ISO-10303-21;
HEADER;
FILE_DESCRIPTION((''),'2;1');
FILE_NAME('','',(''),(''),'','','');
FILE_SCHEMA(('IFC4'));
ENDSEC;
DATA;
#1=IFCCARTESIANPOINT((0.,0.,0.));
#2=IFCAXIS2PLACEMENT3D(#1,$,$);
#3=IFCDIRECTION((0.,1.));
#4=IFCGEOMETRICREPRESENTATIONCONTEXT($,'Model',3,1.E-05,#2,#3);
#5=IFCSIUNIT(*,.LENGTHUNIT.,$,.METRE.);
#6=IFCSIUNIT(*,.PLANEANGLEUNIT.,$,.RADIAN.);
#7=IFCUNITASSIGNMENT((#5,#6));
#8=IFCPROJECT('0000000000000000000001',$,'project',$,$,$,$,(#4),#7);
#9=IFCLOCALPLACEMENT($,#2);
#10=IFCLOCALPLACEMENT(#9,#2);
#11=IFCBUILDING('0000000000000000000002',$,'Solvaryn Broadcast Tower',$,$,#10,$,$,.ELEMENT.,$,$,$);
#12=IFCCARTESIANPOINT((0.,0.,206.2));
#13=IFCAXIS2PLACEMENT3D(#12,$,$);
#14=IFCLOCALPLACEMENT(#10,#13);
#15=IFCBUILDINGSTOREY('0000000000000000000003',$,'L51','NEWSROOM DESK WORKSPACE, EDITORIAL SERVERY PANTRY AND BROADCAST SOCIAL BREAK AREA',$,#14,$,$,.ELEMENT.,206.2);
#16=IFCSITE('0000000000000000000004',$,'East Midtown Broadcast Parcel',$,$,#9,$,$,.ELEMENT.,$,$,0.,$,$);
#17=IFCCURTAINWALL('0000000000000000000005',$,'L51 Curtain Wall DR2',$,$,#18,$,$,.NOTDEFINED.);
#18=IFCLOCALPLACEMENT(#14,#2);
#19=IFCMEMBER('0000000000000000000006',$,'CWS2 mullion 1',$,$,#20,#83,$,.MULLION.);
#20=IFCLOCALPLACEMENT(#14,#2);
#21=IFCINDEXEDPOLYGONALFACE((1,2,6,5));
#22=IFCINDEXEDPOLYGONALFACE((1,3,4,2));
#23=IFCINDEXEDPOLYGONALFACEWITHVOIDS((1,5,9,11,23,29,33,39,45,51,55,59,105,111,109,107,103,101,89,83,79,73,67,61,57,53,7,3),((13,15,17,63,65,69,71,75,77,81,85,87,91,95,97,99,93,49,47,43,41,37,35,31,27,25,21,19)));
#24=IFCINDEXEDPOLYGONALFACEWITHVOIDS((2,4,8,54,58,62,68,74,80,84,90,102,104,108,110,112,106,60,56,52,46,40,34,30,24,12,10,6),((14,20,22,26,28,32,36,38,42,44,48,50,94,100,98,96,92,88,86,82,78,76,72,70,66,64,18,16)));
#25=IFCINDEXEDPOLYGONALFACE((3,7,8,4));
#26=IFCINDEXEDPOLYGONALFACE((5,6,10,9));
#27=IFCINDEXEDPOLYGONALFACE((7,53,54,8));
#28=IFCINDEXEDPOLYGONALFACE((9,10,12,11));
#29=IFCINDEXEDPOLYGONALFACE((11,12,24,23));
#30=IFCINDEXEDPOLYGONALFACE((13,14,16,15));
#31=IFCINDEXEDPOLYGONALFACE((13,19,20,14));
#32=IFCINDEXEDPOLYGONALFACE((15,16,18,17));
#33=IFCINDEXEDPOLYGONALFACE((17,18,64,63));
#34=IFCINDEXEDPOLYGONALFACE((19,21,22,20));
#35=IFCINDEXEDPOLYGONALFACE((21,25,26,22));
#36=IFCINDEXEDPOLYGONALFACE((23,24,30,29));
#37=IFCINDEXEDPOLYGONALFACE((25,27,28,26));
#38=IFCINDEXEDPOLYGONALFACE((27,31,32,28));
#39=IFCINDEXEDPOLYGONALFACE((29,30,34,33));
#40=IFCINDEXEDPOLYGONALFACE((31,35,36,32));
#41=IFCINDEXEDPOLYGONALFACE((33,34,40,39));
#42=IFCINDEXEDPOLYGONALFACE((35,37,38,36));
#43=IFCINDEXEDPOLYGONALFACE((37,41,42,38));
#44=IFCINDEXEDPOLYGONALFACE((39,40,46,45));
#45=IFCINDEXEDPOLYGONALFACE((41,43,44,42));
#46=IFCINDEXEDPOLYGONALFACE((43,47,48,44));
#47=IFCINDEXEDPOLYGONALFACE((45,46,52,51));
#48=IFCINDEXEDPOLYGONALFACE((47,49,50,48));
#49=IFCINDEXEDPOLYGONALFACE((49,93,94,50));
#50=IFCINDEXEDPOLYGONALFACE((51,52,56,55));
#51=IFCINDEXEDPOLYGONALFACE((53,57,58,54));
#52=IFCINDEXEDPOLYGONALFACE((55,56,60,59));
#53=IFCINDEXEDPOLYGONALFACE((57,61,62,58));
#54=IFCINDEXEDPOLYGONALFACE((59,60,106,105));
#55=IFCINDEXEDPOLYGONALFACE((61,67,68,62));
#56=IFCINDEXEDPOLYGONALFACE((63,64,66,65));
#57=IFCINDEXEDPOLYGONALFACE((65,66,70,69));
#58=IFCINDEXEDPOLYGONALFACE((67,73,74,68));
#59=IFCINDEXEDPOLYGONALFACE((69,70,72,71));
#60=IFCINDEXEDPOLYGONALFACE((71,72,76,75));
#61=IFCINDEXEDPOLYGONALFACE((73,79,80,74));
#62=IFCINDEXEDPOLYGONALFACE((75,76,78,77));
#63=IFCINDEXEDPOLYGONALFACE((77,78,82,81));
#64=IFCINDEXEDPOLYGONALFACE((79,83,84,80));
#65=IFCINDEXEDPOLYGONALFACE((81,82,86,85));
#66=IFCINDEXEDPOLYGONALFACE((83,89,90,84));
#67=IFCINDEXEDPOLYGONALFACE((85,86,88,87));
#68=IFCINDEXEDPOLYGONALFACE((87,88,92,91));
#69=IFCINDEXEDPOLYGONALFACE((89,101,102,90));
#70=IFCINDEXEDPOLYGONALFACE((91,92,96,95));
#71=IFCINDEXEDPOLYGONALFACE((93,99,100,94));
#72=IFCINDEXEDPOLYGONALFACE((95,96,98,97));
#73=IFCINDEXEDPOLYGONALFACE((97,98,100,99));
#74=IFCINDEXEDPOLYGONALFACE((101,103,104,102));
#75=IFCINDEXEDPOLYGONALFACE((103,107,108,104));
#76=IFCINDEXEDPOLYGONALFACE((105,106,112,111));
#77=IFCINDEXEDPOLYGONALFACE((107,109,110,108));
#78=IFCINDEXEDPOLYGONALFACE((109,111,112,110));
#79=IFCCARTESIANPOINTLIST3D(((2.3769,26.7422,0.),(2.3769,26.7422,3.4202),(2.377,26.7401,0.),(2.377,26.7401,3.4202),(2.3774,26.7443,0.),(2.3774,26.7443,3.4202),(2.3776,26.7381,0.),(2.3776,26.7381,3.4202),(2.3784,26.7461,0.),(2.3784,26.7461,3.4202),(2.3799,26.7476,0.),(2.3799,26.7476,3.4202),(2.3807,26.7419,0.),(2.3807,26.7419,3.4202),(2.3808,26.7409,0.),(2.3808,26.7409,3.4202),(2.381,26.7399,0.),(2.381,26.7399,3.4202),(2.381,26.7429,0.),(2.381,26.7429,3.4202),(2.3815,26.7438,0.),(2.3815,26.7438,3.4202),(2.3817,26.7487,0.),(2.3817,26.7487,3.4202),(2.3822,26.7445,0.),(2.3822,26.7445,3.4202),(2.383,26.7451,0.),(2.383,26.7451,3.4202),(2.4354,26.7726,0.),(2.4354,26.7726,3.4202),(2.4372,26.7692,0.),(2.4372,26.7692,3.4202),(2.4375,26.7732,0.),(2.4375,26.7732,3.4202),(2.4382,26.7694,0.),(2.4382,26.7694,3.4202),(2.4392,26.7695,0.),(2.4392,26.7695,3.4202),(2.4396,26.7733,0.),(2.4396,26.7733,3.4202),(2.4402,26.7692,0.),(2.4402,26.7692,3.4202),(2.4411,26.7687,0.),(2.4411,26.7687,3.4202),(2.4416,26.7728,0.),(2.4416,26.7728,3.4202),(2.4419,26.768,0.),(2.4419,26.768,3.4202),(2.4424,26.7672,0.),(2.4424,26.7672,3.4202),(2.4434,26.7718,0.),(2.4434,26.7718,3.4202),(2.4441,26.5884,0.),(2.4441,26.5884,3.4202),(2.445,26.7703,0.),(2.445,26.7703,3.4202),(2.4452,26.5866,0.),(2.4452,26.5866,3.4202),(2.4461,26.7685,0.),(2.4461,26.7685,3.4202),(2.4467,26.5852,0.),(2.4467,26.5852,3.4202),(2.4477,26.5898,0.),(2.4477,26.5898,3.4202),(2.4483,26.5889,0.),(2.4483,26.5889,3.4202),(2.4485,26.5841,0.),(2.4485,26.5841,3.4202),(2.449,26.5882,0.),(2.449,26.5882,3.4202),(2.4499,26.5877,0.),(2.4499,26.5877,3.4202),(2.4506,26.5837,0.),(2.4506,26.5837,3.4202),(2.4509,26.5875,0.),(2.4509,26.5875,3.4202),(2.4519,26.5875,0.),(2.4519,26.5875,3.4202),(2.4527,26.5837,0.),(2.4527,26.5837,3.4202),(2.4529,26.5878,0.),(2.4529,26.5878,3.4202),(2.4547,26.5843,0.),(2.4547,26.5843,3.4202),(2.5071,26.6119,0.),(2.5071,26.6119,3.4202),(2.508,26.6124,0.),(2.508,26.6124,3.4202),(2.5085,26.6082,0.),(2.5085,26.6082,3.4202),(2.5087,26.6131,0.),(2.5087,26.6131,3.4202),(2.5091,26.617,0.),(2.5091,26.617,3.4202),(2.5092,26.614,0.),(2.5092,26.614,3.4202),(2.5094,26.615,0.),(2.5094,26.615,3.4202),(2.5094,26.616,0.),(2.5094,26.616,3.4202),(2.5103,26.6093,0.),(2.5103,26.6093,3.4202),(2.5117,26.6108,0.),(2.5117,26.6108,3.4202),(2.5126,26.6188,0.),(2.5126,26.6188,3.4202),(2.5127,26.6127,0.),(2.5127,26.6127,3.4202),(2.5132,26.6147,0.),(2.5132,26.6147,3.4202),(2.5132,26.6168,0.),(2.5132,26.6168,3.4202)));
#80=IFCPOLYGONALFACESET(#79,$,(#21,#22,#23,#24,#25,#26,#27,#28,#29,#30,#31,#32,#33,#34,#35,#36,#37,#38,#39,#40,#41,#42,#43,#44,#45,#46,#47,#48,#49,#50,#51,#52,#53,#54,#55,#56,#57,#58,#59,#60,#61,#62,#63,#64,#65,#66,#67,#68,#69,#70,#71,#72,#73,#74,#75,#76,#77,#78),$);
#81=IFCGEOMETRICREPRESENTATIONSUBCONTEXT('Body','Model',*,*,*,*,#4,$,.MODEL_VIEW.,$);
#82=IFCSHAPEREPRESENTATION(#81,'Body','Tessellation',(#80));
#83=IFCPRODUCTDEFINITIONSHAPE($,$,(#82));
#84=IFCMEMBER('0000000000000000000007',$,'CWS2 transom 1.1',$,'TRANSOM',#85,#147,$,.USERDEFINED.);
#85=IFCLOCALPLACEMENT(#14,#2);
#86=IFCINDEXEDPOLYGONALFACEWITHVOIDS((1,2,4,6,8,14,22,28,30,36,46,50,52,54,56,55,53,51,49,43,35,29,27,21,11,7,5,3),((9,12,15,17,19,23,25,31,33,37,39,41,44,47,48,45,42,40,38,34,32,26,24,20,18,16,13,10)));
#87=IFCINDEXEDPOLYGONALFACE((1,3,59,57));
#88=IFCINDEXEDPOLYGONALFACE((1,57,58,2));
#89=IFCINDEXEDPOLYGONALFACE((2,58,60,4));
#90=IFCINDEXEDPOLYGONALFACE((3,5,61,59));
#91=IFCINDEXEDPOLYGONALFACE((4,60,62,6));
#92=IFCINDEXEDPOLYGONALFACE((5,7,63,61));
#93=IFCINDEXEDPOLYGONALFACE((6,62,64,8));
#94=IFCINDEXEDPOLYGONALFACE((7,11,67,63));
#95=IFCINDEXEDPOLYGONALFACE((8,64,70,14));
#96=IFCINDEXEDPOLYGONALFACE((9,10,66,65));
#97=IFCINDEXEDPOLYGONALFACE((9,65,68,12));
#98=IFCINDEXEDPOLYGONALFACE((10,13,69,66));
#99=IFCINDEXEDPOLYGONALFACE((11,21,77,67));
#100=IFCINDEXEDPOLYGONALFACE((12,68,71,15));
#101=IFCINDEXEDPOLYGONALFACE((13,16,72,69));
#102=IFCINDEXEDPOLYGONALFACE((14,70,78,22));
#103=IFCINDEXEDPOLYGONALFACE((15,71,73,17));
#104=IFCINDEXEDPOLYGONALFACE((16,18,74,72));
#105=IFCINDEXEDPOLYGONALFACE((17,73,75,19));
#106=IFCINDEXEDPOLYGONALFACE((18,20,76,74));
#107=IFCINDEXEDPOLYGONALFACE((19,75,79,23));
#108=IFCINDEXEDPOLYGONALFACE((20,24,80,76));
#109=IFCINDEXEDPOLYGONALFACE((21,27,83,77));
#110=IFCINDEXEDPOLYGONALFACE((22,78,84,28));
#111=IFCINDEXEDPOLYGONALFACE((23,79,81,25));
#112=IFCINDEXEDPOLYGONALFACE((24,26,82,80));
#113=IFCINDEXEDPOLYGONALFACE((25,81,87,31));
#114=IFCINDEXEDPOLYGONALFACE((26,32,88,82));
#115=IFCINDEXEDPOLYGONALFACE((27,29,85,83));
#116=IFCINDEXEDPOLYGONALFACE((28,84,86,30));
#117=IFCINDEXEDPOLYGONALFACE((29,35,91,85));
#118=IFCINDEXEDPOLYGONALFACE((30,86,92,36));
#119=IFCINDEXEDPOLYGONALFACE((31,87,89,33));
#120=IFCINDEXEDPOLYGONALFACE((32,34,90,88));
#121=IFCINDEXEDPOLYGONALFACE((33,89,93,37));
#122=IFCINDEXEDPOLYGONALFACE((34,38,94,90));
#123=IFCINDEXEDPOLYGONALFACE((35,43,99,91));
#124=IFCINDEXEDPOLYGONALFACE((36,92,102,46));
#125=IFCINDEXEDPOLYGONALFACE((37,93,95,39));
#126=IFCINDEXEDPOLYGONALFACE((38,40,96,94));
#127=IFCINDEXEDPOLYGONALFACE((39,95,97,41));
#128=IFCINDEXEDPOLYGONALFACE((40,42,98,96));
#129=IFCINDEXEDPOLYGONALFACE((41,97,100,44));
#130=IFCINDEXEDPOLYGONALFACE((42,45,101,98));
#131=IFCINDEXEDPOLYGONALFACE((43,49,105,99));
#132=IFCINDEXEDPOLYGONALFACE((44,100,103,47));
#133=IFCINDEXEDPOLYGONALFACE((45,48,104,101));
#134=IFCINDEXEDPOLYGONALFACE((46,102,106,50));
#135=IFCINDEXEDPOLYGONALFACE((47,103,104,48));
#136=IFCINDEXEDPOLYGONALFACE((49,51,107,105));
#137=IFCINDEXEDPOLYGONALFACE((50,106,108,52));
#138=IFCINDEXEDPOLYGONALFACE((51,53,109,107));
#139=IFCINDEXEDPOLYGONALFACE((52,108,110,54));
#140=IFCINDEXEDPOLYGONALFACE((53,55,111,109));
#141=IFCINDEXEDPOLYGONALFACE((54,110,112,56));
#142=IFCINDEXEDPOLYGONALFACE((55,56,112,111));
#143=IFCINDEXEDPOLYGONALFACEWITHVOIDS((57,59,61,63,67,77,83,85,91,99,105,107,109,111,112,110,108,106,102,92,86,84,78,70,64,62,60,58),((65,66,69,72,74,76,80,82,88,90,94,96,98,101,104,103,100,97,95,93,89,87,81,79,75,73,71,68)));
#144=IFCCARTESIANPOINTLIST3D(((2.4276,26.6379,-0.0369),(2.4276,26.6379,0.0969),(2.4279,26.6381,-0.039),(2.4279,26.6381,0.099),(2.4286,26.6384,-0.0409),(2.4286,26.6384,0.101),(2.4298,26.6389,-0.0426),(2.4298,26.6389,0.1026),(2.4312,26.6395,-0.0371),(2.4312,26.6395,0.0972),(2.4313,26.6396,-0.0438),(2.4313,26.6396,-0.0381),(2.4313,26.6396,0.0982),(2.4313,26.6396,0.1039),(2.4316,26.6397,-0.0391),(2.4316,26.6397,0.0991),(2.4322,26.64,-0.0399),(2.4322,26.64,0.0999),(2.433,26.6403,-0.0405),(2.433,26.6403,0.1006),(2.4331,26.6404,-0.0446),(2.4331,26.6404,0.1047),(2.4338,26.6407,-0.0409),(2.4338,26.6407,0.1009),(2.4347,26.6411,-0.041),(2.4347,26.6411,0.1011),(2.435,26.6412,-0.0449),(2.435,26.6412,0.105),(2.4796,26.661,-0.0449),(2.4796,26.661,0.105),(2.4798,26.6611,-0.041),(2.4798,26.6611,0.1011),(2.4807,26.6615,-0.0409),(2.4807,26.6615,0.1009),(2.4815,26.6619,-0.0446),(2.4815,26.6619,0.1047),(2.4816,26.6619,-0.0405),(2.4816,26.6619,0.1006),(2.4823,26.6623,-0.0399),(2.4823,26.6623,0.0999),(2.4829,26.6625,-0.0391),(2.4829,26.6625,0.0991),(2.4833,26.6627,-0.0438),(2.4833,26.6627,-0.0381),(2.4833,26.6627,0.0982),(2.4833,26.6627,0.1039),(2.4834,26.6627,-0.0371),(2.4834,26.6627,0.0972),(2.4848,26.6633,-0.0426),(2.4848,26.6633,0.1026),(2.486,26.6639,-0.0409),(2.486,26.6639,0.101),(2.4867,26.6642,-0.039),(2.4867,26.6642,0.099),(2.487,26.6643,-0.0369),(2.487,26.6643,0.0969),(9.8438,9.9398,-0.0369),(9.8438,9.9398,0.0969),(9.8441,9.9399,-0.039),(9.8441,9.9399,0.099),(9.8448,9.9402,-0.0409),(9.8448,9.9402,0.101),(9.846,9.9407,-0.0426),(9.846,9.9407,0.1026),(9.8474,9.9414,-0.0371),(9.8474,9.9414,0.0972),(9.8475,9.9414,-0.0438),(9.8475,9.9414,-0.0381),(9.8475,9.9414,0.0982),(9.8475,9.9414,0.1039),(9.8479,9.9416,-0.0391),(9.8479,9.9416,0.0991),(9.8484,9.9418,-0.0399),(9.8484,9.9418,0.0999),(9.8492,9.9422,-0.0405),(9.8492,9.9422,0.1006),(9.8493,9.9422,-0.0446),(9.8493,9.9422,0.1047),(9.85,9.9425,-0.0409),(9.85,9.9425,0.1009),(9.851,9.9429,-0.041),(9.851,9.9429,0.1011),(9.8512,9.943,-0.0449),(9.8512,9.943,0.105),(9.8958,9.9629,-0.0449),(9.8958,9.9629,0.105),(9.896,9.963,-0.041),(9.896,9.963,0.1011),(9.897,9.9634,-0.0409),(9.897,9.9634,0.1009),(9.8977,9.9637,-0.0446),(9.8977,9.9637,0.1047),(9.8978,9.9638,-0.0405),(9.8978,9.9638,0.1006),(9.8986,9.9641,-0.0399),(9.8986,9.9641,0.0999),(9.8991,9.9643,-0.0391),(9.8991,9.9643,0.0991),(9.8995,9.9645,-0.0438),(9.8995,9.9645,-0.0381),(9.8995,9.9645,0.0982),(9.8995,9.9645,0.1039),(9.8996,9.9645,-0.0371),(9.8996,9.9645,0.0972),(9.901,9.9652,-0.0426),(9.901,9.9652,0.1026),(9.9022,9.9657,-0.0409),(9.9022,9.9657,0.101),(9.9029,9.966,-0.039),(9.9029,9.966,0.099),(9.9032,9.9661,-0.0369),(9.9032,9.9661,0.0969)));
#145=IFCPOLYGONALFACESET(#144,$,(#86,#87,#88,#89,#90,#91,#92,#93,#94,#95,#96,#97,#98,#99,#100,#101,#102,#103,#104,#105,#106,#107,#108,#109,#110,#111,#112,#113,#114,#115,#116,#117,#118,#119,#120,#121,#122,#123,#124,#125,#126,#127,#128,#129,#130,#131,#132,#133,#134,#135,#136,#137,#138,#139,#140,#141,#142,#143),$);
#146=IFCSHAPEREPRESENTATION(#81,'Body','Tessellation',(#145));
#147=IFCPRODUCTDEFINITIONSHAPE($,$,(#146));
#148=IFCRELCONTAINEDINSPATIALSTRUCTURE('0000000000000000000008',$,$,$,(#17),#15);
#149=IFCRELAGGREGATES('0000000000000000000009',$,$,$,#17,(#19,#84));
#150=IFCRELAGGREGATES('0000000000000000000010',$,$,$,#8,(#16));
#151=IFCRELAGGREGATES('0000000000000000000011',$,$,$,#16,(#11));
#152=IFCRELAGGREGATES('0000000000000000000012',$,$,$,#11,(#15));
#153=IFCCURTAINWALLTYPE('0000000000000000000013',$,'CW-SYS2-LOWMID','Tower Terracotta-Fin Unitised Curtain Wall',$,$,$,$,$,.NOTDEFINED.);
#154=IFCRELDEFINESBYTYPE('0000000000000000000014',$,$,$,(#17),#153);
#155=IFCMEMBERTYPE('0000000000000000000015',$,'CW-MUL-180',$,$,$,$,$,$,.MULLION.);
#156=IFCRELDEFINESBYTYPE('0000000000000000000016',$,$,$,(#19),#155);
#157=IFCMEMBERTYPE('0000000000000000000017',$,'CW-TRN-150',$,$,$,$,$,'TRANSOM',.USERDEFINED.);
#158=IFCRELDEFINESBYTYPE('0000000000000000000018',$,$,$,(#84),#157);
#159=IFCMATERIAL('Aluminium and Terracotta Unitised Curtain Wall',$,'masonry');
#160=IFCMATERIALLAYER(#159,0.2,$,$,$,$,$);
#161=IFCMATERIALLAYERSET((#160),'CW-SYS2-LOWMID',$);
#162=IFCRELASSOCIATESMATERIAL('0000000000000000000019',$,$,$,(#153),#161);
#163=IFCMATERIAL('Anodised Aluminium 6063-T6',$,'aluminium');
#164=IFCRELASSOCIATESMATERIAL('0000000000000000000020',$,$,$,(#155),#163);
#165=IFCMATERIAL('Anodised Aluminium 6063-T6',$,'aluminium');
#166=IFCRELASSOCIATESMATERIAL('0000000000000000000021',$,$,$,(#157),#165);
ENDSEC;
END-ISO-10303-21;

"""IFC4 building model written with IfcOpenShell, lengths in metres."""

from ifc_helpers import new_model, si_unit, direction, frame, origin, origin_2d, place, context, subcontext, project, spatial, hollow_rectangle, extrude, material, layer, layer_set, material_profile, profile_set, type_object, element, aggregate, save


model = new_model("IFC4")

# Units and contexts
model_context = context("Model", 3, precision=1e-05, world=origin(), true_north=direction((0.0, 1.0)))
body_context = subcontext(model_context, "Body", "Model", "MODEL_VIEW")
ifc_project = project(units=[si_unit("LENGTHUNIT", "METRE"), si_unit("PLANEANGLEUNIT", "RADIAN")], contexts=[model_context])

# Site, building, storey
site_placement = place(None, origin())
site = spatial("IfcSite", under=ifc_project, at=site_placement, Name="East Midtown Broadcast Parcel", CompositionType="ELEMENT", RefElevation=0.0)
building_placement = place(site_placement, origin())
building = spatial("IfcBuilding", under=site, at=building_placement, Name="Solvaryn Broadcast Tower", CompositionType="ELEMENT")
storey_placement = place(building_placement, frame((0.0, 0.0, 206.2)))
storey = spatial("IfcBuildingStorey", under=building, at=storey_placement, Name="L51", Description="NEWSROOM DESK WORKSPACE, EDITORIAL SERVERY PANTRY AND BROADCAST SOCIAL BREAK AREA", CompositionType="ELEMENT", Elevation=206.2)

# Shared definitions
ifc_material_1 = material(Name="Aluminium and Terracotta Unitised Curtain Wall", Category="masonry")
ifc_layer_1 = layer(ifc_material_1, 0.2)
ifc_layer_set_1 = layer_set([ifc_layer_1], Name="CW-SYS2-LOWMID")
curtain_wall_type = type_object("IfcCurtainWallType", Name="CW-SYS2-LOWMID", Description="Tower Terracotta-Fin Unitised Curtain Wall", PredefinedType="NOTDEFINED", material=ifc_layer_set_1)
ifc_material_2 = material(Name="Anodised Aluminium 6063-T6", Category="aluminium")
ifc_material_profile_1 = material_profile(ifc_material_2, hollow_rectangle(XDim=0.075, YDim=0.1799, WallThickness=0.0039, InnerFilletRadius=0.0039, OuterFilletRadius=0.0081, at=origin_2d()))
ifc_profile_set_1 = profile_set([ifc_material_profile_1], Name="Anodised Aluminium 6063-T6")
member_type_1 = type_object("IfcMemberType", Name="CW-MUL-180", PredefinedType="MULLION", material=ifc_profile_set_1)

# Curtain wall, members
curtain_wall_1_placement = place(storey_placement, origin())
curtain_wall_1 = element("IfcCurtainWall", 1, at=curtain_wall_1_placement, inside=storey, type_object=curtain_wall_type, Name="L51 Curtain Wall DR2", PredefinedType="NOTDEFINED")
member_1_placement = place(storey_placement, frame((2.4451, 26.6785, 0.0), z_axis=(0.0, 0.0, 1.0), x_axis=(0.913917, 0.405901, 0.0)))
member_1 = element("IfcMember", 2, at=member_1_placement, type_object=member_type_1, Name="CWS2 mullion 1", PredefinedType="MULLION", context=body_context, shape_type="SweptSolid", body=[
    extrude(hollow_rectangle(XDim=0.075, YDim=0.1799, WallThickness=0.0039, InnerFilletRadius=0.0039, OuterFilletRadius=0.0081, at=origin_2d()), origin(), (0.0, 0.0, 1.0), 3.4202),
])
ifc_material_3 = material(Name="Anodised Aluminium 6063-T6", Category="aluminium")
ifc_material_profile_2 = material_profile(ifc_material_3, hollow_rectangle(XDim=0.0649, YDim=0.1499, WallThickness=0.0039, InnerFilletRadius=0.0039, OuterFilletRadius=0.0081, at=origin_2d()))
ifc_profile_set_2 = profile_set([ifc_material_profile_2], Name="Anodised Aluminium 6063-T6")
member_type_2 = type_object("IfcMemberType", Name="CW-TRN-150", ElementType="TRANSOM", PredefinedType="USERDEFINED", material=ifc_profile_set_2)
member_2_placement = place(storey_placement, frame((2.4573, 26.6511, 0.03), z_axis=(0.405902, -0.913917, 0.0), x_axis=(0.913917, 0.405902, 0.0)))
member_2 = element("IfcMember", 3, at=member_2_placement, type_object=member_type_2, Name="CWS2 transom 1.1", ObjectType="TRANSOM", PredefinedType="USERDEFINED", context=body_context, shape_type="SweptSolid", body=[
    extrude(hollow_rectangle(XDim=0.0649, YDim=0.1499, WallThickness=0.0039, InnerFilletRadius=0.0039, OuterFilletRadius=0.0081, at=origin_2d()), origin(), (0.0, 0.0, 1.0), 18.271),
])
aggregate(curtain_wall_1, [member_1, member_2])

save(model, "model.ifc")
